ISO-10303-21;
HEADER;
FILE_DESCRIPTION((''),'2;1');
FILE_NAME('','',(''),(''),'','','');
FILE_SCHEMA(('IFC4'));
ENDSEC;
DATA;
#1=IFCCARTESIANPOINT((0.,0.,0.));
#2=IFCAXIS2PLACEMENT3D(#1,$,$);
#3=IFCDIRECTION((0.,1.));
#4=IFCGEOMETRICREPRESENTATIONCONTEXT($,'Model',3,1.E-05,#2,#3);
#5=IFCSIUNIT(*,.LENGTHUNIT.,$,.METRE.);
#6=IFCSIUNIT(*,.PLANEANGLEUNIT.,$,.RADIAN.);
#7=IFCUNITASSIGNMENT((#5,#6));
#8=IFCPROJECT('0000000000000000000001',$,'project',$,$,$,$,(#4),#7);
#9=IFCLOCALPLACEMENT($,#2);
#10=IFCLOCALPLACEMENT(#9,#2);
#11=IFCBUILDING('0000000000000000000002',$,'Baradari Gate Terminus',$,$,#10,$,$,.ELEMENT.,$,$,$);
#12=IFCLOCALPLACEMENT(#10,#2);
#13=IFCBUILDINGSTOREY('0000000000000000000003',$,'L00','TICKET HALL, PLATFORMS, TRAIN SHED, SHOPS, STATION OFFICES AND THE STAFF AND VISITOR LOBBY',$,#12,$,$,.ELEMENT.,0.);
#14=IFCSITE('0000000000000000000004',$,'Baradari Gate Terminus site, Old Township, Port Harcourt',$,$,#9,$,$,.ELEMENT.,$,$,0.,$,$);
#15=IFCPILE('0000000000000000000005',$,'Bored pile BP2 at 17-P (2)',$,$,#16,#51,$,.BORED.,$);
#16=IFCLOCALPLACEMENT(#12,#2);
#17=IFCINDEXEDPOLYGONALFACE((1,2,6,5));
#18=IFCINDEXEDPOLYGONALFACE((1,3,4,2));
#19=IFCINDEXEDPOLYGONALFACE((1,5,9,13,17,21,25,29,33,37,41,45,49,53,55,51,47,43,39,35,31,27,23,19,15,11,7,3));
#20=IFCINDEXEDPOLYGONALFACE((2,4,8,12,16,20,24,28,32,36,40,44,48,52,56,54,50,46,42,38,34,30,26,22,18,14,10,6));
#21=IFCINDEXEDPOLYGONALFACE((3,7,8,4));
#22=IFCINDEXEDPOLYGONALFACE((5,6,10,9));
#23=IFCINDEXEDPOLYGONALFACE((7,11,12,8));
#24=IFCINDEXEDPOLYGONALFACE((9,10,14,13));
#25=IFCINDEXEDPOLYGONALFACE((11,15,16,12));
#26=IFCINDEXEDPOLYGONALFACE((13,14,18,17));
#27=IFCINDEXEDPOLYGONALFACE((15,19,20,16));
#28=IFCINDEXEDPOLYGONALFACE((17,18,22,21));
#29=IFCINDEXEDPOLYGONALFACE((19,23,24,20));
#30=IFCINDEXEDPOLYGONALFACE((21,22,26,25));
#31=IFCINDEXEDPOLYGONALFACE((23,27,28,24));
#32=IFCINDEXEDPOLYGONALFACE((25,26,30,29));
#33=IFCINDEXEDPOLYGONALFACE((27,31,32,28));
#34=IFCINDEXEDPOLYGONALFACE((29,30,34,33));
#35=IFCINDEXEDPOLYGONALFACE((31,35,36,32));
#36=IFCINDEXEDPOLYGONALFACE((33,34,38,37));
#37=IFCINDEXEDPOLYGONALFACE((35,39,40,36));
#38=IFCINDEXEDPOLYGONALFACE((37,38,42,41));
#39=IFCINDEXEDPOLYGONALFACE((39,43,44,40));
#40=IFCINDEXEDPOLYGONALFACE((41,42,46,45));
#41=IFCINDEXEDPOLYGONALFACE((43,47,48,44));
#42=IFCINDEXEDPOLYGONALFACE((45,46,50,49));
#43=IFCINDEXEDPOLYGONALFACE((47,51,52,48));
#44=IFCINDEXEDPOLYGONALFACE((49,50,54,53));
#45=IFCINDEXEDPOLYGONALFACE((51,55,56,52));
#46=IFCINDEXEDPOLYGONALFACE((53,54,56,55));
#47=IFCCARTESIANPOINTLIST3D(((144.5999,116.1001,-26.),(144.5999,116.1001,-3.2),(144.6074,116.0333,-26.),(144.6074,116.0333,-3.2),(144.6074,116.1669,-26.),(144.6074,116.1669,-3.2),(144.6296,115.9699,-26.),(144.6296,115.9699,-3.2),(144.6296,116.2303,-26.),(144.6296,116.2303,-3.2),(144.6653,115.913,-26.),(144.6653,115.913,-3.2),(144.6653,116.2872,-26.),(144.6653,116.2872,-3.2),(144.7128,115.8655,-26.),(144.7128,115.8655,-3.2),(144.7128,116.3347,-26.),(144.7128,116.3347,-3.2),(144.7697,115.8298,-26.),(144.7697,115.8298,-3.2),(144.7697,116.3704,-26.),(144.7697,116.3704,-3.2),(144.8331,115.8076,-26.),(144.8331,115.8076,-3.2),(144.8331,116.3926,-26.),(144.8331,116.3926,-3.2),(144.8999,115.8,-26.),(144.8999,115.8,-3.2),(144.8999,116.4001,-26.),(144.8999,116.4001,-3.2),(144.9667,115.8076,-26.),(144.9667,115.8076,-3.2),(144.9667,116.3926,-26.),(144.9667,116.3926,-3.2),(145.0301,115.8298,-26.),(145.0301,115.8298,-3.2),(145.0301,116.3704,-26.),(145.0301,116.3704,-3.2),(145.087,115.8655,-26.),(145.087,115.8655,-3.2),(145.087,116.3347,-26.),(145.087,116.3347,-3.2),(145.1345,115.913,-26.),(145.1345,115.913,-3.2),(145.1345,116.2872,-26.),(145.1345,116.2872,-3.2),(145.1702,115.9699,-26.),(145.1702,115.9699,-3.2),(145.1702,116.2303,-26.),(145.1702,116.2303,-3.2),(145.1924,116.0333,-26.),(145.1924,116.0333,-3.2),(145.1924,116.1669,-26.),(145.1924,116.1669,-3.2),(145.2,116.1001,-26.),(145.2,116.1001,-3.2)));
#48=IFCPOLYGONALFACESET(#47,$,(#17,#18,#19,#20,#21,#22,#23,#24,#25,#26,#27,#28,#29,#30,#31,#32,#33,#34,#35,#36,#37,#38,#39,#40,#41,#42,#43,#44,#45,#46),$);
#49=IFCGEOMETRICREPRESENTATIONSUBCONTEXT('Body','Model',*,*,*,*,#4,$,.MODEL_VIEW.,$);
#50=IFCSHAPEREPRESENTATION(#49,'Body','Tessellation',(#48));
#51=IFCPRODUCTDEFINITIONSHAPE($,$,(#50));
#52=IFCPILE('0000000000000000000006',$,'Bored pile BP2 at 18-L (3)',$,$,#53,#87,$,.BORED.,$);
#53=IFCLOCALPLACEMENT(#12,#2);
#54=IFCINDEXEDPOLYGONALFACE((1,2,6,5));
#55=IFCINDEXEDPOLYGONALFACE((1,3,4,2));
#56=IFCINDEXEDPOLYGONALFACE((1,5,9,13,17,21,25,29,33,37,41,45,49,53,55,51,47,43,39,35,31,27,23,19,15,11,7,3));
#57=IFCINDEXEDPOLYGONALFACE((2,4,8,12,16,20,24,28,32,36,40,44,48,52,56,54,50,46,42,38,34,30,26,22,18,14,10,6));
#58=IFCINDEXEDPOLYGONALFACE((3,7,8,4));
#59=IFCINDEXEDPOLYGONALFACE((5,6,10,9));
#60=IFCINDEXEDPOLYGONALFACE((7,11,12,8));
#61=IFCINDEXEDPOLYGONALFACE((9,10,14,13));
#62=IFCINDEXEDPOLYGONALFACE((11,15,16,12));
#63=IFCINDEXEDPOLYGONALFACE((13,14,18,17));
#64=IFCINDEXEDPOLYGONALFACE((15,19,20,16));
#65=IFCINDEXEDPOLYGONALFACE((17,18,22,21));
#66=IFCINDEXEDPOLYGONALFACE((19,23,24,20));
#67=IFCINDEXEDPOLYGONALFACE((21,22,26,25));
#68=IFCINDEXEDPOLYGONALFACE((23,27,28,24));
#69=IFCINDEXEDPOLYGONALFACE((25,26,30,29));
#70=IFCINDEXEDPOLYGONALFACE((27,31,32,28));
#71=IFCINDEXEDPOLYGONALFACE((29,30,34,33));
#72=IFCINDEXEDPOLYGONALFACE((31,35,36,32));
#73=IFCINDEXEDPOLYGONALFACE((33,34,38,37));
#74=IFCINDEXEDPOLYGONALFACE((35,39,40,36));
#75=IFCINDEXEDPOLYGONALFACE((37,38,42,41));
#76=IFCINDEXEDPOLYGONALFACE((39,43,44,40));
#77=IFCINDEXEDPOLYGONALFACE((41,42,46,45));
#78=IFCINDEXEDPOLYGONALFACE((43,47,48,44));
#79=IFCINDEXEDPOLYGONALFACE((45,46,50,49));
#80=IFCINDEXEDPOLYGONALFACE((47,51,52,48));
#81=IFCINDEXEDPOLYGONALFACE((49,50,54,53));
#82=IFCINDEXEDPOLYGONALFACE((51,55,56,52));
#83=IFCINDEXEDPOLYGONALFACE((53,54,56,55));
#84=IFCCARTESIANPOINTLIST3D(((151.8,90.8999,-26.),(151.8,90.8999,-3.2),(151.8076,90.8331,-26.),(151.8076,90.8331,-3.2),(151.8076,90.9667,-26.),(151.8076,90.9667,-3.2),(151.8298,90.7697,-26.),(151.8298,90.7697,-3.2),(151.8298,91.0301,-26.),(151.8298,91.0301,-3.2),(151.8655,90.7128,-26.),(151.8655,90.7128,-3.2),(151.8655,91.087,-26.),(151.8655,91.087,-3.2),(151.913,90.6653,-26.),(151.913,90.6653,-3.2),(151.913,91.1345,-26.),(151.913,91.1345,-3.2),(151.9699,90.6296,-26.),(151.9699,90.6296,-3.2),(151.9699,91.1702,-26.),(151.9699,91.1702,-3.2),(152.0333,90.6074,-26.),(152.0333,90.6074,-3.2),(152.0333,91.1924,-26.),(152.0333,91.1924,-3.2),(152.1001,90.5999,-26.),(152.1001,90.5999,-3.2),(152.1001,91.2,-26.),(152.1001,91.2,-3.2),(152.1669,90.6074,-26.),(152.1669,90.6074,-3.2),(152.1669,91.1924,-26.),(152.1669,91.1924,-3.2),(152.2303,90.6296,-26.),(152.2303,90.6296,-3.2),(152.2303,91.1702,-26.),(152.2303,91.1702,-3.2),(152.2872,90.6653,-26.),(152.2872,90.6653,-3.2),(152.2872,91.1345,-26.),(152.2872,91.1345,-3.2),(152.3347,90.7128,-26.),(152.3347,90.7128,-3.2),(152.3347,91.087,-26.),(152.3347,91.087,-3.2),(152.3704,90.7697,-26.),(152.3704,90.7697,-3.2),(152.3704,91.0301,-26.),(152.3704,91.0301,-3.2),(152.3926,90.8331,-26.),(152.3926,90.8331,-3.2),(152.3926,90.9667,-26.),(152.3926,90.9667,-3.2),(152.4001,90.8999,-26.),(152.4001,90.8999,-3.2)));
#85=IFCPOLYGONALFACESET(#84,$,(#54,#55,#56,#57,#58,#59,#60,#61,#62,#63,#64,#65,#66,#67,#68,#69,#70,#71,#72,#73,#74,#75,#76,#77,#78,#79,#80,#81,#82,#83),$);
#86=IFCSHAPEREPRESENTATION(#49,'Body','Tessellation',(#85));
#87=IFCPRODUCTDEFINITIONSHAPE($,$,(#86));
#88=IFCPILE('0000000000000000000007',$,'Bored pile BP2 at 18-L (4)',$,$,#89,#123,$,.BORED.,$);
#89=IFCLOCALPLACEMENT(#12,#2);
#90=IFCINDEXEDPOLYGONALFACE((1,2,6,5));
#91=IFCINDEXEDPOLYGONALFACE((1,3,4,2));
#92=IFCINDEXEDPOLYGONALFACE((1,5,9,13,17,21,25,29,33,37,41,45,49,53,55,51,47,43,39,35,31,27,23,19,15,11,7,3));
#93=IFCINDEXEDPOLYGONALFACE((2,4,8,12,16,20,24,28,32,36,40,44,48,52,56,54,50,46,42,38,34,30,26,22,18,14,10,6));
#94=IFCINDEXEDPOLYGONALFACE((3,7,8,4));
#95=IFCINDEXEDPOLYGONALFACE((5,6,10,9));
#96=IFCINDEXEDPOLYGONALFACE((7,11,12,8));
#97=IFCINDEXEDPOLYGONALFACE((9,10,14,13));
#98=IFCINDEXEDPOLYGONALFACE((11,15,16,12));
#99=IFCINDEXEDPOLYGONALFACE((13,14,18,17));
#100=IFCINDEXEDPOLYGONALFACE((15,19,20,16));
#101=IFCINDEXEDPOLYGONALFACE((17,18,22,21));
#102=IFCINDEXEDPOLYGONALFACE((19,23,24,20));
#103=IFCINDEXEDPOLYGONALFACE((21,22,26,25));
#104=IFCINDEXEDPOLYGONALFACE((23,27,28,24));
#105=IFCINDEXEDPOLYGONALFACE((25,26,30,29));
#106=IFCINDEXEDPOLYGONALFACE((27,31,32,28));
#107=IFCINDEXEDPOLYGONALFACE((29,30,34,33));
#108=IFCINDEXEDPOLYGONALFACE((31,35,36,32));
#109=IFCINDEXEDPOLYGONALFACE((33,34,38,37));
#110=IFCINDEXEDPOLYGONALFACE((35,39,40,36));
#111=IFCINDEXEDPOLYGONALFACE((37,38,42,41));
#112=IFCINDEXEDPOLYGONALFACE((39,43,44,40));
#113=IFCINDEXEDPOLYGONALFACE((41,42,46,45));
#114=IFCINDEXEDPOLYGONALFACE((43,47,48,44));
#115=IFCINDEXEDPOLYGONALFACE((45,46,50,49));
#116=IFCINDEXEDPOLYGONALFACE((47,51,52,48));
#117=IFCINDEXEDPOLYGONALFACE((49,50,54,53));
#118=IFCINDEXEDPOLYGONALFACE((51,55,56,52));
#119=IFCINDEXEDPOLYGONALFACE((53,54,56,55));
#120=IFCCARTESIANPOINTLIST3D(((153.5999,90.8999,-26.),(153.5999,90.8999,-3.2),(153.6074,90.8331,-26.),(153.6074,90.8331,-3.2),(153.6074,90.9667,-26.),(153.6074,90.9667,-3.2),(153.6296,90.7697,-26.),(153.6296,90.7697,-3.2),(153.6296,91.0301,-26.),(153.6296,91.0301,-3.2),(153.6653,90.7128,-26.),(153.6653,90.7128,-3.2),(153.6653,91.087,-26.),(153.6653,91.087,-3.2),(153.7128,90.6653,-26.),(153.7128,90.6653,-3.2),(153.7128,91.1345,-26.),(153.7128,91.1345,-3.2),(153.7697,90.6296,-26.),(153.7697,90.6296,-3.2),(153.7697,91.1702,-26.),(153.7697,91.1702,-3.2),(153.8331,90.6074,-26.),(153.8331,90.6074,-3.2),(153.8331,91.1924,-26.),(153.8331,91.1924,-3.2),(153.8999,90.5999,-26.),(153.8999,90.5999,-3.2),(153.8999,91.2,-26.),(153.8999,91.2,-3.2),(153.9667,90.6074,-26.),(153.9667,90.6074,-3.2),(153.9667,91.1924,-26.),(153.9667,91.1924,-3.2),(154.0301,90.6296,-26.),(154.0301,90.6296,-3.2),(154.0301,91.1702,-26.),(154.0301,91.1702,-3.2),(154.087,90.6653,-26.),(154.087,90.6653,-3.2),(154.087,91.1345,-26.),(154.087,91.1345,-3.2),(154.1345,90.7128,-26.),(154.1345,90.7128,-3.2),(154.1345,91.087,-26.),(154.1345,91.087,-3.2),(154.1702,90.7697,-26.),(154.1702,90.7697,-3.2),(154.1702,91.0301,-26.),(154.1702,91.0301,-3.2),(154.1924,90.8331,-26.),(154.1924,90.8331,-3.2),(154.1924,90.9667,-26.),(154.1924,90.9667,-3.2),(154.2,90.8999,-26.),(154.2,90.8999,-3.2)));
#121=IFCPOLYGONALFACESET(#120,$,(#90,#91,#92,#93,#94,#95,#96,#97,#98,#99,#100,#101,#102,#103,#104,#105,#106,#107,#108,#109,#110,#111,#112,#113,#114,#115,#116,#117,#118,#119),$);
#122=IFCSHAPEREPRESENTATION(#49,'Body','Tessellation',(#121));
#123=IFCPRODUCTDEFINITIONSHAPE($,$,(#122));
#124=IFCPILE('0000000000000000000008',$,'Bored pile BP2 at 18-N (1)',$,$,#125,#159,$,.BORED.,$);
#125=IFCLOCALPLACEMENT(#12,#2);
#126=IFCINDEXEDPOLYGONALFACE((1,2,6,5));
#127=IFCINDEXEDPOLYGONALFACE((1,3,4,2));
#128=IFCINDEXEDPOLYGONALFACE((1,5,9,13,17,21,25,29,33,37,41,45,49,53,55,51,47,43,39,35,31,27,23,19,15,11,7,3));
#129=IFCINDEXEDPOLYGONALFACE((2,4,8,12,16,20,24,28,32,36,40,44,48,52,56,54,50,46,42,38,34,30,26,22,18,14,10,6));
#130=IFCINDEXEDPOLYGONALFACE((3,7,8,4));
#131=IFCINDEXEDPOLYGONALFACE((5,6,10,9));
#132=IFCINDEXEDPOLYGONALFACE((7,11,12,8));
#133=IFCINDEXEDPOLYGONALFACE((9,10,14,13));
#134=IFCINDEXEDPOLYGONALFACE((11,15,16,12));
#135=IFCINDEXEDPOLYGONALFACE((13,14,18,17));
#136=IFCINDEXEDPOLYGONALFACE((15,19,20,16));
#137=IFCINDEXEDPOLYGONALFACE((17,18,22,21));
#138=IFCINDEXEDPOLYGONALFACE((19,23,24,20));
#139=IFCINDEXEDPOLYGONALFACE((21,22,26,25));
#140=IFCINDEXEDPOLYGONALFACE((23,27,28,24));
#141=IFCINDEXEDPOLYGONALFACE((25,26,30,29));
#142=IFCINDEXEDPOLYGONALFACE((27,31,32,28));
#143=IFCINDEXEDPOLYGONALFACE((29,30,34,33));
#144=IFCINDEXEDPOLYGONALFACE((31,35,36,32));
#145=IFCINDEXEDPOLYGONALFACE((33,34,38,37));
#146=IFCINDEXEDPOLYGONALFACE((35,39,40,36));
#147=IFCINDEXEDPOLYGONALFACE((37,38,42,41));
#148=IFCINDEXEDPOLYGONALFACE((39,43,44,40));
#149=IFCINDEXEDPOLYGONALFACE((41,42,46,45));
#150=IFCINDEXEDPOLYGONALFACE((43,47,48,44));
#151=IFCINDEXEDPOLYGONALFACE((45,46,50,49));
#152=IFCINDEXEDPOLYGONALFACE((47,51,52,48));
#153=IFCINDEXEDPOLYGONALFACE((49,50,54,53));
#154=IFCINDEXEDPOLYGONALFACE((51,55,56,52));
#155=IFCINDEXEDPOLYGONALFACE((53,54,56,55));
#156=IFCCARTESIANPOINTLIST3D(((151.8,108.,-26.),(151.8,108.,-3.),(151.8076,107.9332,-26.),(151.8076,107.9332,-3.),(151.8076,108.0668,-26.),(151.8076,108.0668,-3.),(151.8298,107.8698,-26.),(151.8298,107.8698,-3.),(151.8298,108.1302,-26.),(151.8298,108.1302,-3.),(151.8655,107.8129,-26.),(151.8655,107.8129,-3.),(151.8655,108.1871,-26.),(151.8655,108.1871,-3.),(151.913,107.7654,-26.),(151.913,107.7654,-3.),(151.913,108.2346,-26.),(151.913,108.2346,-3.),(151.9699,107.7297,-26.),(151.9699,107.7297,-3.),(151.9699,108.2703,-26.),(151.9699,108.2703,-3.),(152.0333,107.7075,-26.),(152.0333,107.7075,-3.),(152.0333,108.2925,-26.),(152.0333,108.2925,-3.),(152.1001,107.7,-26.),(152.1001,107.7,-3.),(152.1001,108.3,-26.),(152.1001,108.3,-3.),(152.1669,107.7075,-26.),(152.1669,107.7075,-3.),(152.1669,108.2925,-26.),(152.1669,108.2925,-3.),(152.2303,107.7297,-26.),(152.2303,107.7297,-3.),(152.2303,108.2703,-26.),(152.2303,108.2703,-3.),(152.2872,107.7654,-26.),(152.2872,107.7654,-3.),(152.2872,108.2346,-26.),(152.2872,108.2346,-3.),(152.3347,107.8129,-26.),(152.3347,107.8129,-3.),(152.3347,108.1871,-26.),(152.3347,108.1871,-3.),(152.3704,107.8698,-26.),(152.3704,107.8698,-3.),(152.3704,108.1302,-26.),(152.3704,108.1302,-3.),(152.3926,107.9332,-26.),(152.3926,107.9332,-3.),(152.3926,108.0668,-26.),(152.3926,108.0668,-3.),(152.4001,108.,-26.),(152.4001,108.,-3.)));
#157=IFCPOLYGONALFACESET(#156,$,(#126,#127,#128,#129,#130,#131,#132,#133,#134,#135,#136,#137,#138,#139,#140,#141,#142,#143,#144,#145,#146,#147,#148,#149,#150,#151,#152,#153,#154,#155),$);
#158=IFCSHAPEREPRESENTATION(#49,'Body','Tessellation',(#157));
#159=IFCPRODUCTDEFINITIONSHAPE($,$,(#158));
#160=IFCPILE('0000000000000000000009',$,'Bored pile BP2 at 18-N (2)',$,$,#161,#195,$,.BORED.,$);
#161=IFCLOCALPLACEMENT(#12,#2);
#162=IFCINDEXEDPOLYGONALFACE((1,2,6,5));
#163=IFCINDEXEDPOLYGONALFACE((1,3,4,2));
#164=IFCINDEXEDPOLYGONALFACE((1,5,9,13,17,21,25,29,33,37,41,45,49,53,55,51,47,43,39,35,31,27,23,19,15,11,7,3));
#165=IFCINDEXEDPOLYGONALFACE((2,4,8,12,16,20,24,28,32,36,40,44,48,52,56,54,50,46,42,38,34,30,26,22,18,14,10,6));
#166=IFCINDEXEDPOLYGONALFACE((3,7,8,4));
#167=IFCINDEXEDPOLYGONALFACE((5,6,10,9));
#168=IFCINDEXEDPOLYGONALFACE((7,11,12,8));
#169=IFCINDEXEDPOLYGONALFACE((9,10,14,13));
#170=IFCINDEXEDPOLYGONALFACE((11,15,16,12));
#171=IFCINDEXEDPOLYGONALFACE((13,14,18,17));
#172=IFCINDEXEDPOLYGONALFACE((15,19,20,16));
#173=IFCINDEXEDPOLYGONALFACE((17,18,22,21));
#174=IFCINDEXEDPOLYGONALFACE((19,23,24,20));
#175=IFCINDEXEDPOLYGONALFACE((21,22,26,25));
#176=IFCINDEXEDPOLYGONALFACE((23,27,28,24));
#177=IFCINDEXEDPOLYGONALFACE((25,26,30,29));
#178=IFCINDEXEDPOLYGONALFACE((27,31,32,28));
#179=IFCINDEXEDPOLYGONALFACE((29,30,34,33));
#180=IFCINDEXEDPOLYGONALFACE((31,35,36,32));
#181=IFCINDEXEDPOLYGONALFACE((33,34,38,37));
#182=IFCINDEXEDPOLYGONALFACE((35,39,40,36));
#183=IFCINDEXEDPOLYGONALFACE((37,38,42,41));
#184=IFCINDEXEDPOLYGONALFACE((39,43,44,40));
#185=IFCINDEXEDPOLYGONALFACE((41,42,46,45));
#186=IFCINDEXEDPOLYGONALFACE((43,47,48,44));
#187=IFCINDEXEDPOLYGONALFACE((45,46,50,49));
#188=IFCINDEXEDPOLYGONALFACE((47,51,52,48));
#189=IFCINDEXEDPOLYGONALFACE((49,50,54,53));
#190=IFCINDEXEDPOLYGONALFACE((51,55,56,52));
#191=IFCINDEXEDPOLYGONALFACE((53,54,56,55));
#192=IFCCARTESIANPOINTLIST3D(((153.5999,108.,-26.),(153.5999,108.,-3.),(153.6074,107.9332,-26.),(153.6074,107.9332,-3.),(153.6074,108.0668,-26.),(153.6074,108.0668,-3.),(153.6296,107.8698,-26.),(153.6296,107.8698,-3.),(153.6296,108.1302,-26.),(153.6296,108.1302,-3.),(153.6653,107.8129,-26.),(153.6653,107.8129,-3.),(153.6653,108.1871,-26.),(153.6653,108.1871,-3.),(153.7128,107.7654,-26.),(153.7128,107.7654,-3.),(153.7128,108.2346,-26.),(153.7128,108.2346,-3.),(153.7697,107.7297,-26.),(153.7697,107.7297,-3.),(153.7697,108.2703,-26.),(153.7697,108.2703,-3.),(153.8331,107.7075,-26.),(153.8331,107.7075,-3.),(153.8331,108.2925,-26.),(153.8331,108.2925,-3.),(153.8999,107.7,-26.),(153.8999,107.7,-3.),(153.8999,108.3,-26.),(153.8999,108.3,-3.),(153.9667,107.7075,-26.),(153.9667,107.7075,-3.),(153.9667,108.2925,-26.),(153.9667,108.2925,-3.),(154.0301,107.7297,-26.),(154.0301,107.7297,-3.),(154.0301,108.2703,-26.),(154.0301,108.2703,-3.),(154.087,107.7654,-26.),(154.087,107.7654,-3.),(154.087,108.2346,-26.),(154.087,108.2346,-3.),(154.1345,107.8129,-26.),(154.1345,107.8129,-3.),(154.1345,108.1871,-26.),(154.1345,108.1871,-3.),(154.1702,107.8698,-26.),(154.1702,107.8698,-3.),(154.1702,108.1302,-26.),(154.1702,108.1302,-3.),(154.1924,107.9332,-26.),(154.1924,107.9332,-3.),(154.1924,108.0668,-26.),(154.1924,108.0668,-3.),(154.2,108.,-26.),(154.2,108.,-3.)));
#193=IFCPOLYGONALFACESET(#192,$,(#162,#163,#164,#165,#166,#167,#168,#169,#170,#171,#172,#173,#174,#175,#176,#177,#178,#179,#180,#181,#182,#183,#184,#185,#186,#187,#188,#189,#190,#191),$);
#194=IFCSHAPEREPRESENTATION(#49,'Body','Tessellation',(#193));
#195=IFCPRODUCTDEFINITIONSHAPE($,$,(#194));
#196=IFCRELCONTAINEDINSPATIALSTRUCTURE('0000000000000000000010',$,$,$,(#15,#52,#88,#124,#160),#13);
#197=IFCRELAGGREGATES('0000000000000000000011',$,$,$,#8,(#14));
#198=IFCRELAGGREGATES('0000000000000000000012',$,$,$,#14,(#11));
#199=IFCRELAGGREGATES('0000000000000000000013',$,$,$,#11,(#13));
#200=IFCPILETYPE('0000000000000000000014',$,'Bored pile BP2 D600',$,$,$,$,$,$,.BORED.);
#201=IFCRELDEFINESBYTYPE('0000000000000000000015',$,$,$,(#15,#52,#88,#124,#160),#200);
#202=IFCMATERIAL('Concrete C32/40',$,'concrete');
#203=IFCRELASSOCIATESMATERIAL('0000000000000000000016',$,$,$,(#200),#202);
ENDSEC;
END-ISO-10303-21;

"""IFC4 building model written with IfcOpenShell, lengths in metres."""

from ifc_helpers import new_model, si_unit, direction, frame, origin, origin_2d, place, context, subcontext, project, spatial, circle, extrude, material, type_object, element, save


model = new_model("IFC4")

# Units and contexts
model_context = context("Model", 3, precision=1e-05, world=origin(), true_north=direction((0.0, 1.0)))
body_context = subcontext(model_context, "Body", "Model", "MODEL_VIEW")
ifc_project = project(units=[si_unit("LENGTHUNIT", "METRE"), si_unit("PLANEANGLEUNIT", "RADIAN")], contexts=[model_context])

# Site, building, storey
site_placement = place(None, origin())
site = spatial("IfcSite", under=ifc_project, at=site_placement, Name="Baradari Gate Terminus site, Old Township, Port Harcourt", CompositionType="ELEMENT", RefElevation=0.0)
building_placement = place(site_placement, origin())
building = spatial("IfcBuilding", under=site, at=building_placement, Name="Baradari Gate Terminus", CompositionType="ELEMENT")
storey_placement = place(building_placement, origin())
storey = spatial("IfcBuildingStorey", under=building, at=storey_placement, Name="L00", Description="TICKET HALL, PLATFORMS, TRAIN SHED, SHOPS, STATION OFFICES AND THE STAFF AND VISITOR LOBBY", CompositionType="ELEMENT", Elevation=0.0)

# Piles
ifc_material_1 = material(Name="Concrete C32/40", Category="concrete")
pile_type = type_object("IfcPileType", Name="Bored pile BP2 D600", PredefinedType="BORED", material=ifc_material_1)
for number, where, z_axis, x_axis, name in (
    (1, (144.8999, 116.1001, -3.2), (0.0, 0.0, -1.0), (1.0, 0.0, 0.0), "Bored pile BP2 at 17-P (2)"),
    (2, (152.1001, 90.8999, -3.2), (0.0, 0.0, -1.0), (1.0, 0.0, 0.0), "Bored pile BP2 at 18-L (3)"),
    (3, (153.8999, 90.8999, -3.2), (0.0, 0.0, -1.0), (1.0, 0.0, 0.0), "Bored pile BP2 at 18-L (4)"),
):
    element("IfcPile", number, at=place(storey_placement, frame(where, z_axis=z_axis, x_axis=x_axis)), inside=storey, type_object=pile_type, Name=name, PredefinedType="BORED", context=body_context, shape_type="SweptSolid", body=[
        extrude(circle(Radius=0.3, at=origin_2d()), origin(), (0.0, 0.0, 1.0), 22.8),
    ])
for number, where, z_axis, x_axis, name in (
    (4, (152.1001, 108.0, -3.0), (0.0, 0.0, -1.0), (1.0, 0.0, 0.0), "Bored pile BP2 at 18-N (1)"),
    (5, (153.8999, 108.0, -3.0), (0.0, 0.0, -1.0), (1.0, 0.0, 0.0), "Bored pile BP2 at 18-N (2)"),
):
    element("IfcPile", number, at=place(storey_placement, frame(where, z_axis=z_axis, x_axis=x_axis)), inside=storey, type_object=pile_type, Name=name, PredefinedType="BORED", context=body_context, shape_type="SweptSolid", body=[
        extrude(circle(Radius=0.3, at=origin_2d()), origin(), (0.0, 0.0, 1.0), 23.0),
    ])

save(model, "model.ifc")
